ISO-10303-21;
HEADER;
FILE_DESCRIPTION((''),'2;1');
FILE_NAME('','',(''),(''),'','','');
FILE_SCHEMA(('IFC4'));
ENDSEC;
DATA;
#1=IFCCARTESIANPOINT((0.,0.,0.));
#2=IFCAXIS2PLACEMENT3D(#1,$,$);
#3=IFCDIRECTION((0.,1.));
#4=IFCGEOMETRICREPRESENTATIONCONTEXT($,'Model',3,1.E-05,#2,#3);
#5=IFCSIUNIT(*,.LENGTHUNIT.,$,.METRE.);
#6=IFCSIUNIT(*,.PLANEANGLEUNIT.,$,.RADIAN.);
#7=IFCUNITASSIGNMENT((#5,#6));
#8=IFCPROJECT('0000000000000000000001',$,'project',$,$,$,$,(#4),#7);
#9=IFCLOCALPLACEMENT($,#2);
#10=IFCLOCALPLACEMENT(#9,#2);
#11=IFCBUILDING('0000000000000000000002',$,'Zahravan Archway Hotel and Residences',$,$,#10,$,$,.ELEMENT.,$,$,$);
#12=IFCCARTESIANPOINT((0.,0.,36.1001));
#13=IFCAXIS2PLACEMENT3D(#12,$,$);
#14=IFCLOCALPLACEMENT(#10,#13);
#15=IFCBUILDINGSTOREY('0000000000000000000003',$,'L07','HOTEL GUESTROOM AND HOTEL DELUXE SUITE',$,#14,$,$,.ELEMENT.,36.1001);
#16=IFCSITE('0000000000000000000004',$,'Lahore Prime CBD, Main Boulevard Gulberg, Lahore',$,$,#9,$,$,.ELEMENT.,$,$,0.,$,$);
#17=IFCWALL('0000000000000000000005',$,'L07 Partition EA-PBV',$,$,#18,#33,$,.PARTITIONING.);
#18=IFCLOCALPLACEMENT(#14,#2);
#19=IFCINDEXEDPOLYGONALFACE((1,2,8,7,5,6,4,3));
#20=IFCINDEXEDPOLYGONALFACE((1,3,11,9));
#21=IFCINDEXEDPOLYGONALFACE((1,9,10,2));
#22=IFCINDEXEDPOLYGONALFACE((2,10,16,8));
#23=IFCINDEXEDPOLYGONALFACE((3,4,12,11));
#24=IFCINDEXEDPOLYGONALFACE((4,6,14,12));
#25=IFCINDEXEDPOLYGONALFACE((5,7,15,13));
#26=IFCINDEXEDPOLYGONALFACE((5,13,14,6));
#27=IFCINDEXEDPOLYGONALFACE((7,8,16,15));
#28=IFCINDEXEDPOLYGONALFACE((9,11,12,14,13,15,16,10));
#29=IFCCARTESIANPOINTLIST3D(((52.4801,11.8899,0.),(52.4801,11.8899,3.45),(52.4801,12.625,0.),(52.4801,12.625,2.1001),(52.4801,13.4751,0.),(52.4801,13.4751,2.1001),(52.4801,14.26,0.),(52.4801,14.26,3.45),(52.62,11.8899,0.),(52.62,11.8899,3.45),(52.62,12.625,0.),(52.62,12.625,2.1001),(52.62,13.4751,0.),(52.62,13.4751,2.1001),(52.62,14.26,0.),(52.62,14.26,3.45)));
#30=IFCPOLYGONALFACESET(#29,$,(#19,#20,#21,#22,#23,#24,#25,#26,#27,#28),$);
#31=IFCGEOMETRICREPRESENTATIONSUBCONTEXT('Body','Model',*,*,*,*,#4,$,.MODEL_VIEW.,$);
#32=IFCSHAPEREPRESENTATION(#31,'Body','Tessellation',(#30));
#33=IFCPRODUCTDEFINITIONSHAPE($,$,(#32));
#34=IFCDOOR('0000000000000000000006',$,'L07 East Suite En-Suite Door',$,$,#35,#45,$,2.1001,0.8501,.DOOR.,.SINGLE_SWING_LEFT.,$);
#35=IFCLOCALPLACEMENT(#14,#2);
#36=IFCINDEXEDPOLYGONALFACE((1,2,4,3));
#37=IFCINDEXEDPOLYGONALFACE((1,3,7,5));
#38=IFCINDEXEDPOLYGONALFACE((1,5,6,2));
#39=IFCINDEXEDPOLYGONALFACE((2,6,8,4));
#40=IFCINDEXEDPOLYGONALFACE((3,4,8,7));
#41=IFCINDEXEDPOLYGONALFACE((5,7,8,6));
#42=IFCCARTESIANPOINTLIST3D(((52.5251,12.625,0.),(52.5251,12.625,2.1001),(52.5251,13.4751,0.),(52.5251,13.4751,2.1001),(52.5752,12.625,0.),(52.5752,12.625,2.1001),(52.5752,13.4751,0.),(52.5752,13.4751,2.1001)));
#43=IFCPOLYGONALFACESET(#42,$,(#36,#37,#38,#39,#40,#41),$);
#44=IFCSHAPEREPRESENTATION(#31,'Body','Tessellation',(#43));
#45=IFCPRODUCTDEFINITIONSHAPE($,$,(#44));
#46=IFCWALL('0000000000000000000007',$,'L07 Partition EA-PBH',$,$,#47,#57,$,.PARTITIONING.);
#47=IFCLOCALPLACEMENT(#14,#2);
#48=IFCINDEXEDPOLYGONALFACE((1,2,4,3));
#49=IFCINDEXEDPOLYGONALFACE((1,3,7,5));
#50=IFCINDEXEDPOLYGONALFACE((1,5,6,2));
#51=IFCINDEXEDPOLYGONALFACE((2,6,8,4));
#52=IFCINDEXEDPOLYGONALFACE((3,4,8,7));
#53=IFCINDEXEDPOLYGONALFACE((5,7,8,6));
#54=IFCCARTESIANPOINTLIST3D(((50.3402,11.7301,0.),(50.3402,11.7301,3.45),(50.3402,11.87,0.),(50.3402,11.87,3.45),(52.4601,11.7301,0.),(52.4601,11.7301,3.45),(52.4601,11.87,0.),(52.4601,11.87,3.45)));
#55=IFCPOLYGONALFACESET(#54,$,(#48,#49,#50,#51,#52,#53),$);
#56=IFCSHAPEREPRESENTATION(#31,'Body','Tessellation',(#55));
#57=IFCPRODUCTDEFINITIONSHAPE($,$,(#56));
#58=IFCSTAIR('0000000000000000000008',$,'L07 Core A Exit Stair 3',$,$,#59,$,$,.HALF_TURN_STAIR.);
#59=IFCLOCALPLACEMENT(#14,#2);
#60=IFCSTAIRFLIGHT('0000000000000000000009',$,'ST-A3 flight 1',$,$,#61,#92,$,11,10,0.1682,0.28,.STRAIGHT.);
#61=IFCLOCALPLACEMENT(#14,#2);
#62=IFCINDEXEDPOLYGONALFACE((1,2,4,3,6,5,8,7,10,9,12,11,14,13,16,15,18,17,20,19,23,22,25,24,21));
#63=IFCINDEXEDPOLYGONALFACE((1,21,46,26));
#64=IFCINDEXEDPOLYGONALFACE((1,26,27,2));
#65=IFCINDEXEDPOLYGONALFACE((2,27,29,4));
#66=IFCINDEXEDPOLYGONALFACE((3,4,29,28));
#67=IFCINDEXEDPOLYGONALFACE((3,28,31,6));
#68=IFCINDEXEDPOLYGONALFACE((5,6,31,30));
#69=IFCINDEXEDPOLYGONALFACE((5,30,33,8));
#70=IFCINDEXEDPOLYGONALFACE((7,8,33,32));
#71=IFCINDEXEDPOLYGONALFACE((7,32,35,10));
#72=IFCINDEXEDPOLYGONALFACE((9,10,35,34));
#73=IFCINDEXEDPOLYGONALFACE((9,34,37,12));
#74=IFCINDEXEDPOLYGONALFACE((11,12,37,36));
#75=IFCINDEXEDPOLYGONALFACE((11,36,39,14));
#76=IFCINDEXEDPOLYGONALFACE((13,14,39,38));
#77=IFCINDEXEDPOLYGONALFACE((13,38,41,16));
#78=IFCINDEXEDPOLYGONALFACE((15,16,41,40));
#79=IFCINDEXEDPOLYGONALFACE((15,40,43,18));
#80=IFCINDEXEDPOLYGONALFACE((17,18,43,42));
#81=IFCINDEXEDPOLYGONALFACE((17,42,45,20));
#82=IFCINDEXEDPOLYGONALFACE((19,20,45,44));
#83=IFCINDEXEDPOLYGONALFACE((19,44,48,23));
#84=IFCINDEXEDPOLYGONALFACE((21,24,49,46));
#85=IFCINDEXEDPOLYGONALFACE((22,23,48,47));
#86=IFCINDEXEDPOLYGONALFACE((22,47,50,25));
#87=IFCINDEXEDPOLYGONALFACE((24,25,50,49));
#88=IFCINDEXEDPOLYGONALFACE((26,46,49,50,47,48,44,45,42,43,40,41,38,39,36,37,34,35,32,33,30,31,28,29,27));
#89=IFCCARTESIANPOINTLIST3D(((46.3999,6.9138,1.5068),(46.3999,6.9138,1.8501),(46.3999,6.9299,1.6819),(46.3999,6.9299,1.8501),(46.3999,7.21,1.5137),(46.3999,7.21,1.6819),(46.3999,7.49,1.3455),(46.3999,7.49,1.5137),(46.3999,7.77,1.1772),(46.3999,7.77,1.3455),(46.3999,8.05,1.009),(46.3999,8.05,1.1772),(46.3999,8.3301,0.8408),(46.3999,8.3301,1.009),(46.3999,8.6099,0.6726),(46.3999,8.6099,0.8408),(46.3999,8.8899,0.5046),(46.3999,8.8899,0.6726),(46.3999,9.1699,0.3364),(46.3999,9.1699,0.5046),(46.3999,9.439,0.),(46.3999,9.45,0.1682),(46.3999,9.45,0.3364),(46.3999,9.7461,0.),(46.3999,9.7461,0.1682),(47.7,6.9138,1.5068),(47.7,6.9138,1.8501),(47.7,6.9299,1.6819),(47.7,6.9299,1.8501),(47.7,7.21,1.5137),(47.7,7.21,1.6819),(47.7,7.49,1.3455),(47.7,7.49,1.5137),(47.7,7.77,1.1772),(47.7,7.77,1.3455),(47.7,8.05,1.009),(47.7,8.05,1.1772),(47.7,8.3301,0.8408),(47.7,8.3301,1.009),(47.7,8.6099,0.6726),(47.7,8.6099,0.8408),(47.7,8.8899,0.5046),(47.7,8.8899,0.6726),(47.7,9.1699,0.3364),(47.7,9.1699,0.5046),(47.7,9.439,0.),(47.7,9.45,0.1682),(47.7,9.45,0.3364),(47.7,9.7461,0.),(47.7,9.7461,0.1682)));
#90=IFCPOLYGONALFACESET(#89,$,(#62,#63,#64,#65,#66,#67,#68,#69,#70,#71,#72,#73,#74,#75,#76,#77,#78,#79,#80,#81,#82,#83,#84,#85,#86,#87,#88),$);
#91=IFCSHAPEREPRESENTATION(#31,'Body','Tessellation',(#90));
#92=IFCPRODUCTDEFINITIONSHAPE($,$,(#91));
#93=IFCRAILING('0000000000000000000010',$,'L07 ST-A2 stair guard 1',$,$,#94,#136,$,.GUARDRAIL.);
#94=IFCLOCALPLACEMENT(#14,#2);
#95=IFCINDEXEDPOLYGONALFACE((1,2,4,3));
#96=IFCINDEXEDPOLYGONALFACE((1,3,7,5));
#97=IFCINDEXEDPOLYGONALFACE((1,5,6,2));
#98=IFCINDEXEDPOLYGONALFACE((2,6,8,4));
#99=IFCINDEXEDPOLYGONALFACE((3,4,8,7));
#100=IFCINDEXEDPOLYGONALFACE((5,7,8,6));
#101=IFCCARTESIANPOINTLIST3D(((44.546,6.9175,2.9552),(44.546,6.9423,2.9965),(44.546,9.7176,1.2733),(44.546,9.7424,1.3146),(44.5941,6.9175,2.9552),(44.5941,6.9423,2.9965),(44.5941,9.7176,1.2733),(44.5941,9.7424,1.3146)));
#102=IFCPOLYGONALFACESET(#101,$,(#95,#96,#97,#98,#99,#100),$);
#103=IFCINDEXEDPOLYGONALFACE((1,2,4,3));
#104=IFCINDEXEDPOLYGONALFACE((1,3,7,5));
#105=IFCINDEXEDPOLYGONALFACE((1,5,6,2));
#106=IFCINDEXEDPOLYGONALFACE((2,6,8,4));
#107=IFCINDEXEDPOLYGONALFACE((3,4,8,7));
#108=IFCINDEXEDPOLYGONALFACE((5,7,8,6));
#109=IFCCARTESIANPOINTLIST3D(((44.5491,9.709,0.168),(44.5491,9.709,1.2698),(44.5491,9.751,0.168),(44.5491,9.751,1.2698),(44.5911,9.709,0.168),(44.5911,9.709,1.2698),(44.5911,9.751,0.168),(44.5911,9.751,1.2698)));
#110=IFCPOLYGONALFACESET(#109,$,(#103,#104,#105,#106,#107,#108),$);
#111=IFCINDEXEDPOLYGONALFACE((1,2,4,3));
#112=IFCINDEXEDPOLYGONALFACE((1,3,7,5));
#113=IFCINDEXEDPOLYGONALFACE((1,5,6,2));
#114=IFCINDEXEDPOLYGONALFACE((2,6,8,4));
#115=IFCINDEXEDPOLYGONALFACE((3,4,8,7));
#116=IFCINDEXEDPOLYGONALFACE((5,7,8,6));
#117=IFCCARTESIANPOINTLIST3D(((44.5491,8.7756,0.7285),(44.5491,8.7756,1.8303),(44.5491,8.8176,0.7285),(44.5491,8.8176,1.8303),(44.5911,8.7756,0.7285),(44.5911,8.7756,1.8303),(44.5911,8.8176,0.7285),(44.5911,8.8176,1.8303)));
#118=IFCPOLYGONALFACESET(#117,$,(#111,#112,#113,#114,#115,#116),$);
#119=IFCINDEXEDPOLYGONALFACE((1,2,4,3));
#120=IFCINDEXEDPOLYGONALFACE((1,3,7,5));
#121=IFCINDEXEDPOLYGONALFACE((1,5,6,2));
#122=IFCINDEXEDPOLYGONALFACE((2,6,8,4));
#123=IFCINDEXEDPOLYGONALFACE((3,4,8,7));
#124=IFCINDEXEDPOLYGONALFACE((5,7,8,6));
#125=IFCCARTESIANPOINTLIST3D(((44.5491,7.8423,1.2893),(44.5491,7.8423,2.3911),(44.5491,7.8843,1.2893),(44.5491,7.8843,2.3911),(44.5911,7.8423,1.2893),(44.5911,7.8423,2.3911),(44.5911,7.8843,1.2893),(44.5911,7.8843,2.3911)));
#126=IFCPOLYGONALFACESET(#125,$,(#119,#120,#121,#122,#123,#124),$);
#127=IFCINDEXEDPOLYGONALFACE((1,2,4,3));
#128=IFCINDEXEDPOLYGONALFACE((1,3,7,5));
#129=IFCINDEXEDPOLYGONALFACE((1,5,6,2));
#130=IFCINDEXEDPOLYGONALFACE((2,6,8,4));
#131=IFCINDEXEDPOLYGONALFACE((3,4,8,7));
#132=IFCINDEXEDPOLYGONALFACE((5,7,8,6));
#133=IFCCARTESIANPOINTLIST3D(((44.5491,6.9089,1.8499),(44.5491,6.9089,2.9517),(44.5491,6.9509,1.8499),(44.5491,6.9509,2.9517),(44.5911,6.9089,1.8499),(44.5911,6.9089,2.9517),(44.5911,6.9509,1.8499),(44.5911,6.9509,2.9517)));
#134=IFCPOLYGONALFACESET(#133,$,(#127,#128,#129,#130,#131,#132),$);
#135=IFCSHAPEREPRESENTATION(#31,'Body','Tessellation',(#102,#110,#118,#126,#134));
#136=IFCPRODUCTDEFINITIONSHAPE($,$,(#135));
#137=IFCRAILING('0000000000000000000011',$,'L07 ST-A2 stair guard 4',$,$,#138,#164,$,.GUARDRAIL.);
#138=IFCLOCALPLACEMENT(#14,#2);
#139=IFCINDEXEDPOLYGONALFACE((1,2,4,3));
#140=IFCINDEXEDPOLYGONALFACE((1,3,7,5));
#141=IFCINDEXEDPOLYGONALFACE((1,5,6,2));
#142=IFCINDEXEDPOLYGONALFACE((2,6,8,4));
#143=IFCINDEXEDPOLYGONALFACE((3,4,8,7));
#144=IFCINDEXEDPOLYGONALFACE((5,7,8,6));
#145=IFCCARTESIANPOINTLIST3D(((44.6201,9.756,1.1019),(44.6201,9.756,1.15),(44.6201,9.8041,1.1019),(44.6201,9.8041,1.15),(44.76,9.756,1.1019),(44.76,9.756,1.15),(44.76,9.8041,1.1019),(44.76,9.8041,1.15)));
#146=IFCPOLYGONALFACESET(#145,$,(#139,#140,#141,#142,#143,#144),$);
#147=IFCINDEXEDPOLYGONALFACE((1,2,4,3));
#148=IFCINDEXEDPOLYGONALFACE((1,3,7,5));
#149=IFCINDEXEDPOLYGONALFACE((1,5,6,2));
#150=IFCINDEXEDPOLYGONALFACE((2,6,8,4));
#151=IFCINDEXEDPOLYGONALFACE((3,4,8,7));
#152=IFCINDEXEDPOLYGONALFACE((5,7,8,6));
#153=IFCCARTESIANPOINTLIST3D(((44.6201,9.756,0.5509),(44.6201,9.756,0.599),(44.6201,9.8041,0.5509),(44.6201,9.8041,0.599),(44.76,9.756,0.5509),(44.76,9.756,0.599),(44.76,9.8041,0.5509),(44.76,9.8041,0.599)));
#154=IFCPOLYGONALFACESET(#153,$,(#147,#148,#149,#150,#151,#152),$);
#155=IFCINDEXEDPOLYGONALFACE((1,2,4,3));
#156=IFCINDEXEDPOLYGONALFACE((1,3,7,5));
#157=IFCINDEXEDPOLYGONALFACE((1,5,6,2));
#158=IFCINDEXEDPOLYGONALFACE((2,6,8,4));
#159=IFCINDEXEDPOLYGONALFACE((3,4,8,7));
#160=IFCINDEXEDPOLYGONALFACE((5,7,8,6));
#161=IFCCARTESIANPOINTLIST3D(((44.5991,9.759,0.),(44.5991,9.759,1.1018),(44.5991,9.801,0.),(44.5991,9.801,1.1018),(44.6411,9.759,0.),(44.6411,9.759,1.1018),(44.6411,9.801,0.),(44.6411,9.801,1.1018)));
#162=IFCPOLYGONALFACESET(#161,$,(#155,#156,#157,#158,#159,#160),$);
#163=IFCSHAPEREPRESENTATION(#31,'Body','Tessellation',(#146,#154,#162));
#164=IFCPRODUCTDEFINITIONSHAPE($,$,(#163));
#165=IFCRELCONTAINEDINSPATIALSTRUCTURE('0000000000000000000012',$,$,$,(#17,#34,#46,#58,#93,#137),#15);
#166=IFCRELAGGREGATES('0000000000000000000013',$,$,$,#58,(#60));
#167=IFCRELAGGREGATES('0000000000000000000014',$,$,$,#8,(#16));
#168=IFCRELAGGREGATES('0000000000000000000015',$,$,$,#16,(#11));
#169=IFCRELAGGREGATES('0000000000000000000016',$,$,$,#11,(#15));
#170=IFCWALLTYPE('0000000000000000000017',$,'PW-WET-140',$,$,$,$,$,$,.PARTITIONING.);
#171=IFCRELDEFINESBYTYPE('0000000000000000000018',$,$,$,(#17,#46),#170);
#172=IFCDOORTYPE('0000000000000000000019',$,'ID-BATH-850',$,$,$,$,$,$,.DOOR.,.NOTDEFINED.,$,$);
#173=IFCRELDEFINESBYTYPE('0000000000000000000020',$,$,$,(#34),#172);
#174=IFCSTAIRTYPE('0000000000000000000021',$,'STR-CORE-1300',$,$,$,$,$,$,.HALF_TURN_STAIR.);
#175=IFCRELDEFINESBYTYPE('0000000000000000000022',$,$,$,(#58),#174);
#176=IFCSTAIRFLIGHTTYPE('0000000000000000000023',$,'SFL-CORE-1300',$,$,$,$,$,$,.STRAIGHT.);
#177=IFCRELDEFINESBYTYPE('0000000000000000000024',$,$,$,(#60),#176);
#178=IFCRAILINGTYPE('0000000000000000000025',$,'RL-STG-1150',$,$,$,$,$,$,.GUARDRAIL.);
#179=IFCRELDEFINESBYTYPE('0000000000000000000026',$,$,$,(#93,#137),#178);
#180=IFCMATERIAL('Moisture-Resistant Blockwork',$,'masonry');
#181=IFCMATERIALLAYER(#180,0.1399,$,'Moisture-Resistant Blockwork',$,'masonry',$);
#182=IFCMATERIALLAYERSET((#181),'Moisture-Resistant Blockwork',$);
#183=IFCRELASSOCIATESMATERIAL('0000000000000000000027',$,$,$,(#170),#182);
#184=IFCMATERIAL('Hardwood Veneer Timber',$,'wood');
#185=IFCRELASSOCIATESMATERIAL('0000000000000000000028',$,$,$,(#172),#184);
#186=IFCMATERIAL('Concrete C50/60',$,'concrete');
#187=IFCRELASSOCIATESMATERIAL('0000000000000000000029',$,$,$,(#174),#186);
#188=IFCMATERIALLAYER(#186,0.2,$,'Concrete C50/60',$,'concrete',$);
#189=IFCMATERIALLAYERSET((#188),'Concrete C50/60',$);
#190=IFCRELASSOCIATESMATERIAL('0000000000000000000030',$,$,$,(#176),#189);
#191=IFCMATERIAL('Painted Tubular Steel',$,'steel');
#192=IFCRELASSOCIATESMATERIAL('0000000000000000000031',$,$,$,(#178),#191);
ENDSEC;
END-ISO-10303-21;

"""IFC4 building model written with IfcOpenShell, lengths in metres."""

from ifc_helpers import new_model, si_unit, direction, frame, frame_2d, origin, origin_2d, place, context, subcontext, project, spatial, polyline, rectangle, outline, extrude, source, transform, mapped, material, layer, layer_set, type_object, type_shapes, element, fill, aggregate, save


model = new_model("IFC4")

# Units and contexts
model_context = context("Model", 3, precision=1e-05, world=origin(), true_north=direction((0.0, 1.0)))
body_context = subcontext(model_context, "Body", "Model", "MODEL_VIEW")
ifc_project = project(units=[si_unit("LENGTHUNIT", "METRE"), si_unit("PLANEANGLEUNIT", "RADIAN")], contexts=[model_context])

# Site, building, storey
site_placement = place(None, origin())
site = spatial("IfcSite", under=ifc_project, at=site_placement, Name="Lahore Prime CBD, Main Boulevard Gulberg, Lahore", CompositionType="ELEMENT", RefElevation=0.0)
building_placement = place(site_placement, origin())
building = spatial("IfcBuilding", under=site, at=building_placement, Name="Zahravan Archway Hotel and Residences", CompositionType="ELEMENT")
storey_placement = place(building_placement, frame((0.0, 0.0, 36.1001)))
storey = spatial("IfcBuildingStorey", under=building, at=storey_placement, Name="L07", Description="HOTEL GUESTROOM AND HOTEL DELUXE SUITE", CompositionType="ELEMENT", Elevation=36.1001)

# Wall, opening, door
ifc_material_1 = material(Name="Hardwood Veneer Timber", Category="wood")
ifc_material_2 = material(Name="Moisture-Resistant Blockwork", Category="masonry")
ifc_layer_1 = layer(ifc_material_2, 0.1399, Name="Moisture-Resistant Blockwork", Category="masonry")
ifc_layer_set_1 = layer_set([ifc_layer_1], Name="Moisture-Resistant Blockwork")
wall_type_1 = type_object("IfcWallType", Name="PW-WET-140", PredefinedType="PARTITIONING", material=ifc_layer_set_1)
wall_1_placement = place(storey_placement, frame((52.55, 11.8899, 0.0), z_axis=(0.0, 0.0, 1.0), x_axis=(0.0, 1.0, 0.0)))
wall_1 = element("IfcWall", 1, at=wall_1_placement, inside=storey, type_object=wall_type_1, Name="L07 Partition EA-PBV", PredefinedType="PARTITIONING", context=body_context, shape_type="SweptSolid", body=[
    extrude(rectangle(XDim=2.3701, YDim=0.1399, at=frame_2d((1.1851, 0.0))), origin(), (0.0, 0.0, 1.0), 3.45),
])
opening_1_placement = place(wall_1_placement, frame((0.7351, 0.0, 0.0)))
opening_1 = element("IfcOpeningElement", 2, at=opening_1_placement, cuts=wall_1, PredefinedType="OPENING", context=body_context, shape_type="SweptSolid", body=[
    extrude(rectangle(XDim=0.8501, YDim=2.1001, at=frame_2d((0.425, 1.05))), frame((0.0, 0.0801, 0.0), z_axis=(0.0, -1.0, 0.0), x_axis=(1.0, 0.0, 0.0)), (0.0, 0.0, 1.0), 0.1599),
])
door_type_1 = type_object("IfcDoorType", Name="ID-BATH-850", OperationType="NOTDEFINED", PredefinedType="DOOR", material=ifc_material_1)
shared_shape_1 = source(origin(), body_context, "Body", "SweptSolid", [
    extrude(rectangle(XDim=0.8501, YDim=2.1001, at=frame_2d((0.425, 1.05))), frame((0.0, 0.0249, 0.0), z_axis=(0.0, -1.0, 0.0), x_axis=(1.0, 0.0, 0.0)), (0.0, 0.0, 1.0), 0.05),
])
type_shapes(door_type_1, [shared_shape_1])
door_1_placement = place(opening_1_placement, origin())
door_1 = element("IfcDoor", 3, at=door_1_placement, inside=storey, type_object=door_type_1, Name="L07 East Suite En-Suite Door", OperationType="SINGLE_SWING_LEFT", OverallHeight=2.1001, OverallWidth=0.8501, PredefinedType="DOOR", context=body_context, shape_type="MappedRepresentation", body=[
    mapped(shared_shape_1, transform((0.0, 0.0, 0.0), scale=1.0)),
])
fill(opening_1, door_1)

# Wall
wall_2_placement = place(storey_placement, frame((50.3401, 11.8, 0.0), z_axis=(0.0, 0.0, 1.0), x_axis=(1.0, 0.0, 0.0)))
element("IfcWall", 4, at=wall_2_placement, inside=storey, type_object=wall_type_1, Name="L07 Partition EA-PBH", PredefinedType="PARTITIONING", context=body_context, shape_type="SweptSolid", body=[
    extrude(rectangle(XDim=2.1199, YDim=0.1399, at=frame_2d((1.0601, 0.0))), origin(), (0.0, 0.0, 1.0), 3.45),
])

# Stair, stair flight
ifc_material_3 = material(Name="Concrete C50/60", Category="concrete")
stair_type = type_object("IfcStairType", Name="STR-CORE-1300", PredefinedType="HALF_TURN_STAIR", material=ifc_material_3)
stair_placement = place(storey_placement, origin())
stair = element("IfcStair", 5, at=stair_placement, inside=storey, type_object=stair_type, Name="L07 Core A Exit Stair 3", PredefinedType="HALF_TURN_STAIR")
ifc_layer_2 = layer(ifc_material_3, 0.2, Name="Concrete C50/60", Category="concrete")
ifc_layer_set_2 = layer_set([ifc_layer_2], Name="Concrete C50/60")
stair_flight_type = type_object("IfcStairFlightType", Name="SFL-CORE-1300", PredefinedType="STRAIGHT", material=ifc_layer_set_2)
shared_shape_2 = source(origin(), body_context, "Body", "SweptSolid", [
    extrude(outline(polyline([(-0.0161, 0.0), (-0.0161, 0.1682), (0.28, 0.1682), (0.28, 0.3364), (0.5601, 0.3364), (0.5601, 0.5046), (0.8401, 0.5046), (0.8401, 0.6726), (1.1201, 0.6726), (1.1201, 0.8408), (1.3999, 0.8408), (1.3999, 1.009), (1.6799, 1.009), (1.6799, 1.1772), (1.96, 1.1772), (1.96, 1.3455), (2.24, 1.3455), (2.24, 1.5137), (2.52, 1.5137), (2.52, 1.6819), (2.8, 1.6819), (2.8, 1.8501), (2.8162, 1.8501), (2.8162, 1.5068), (0.291, 0.0), (-0.0161, 0.0)])), frame((0.0, 0.6499, 0.0), z_axis=(0.0, -1.0, 0.0), x_axis=(1.0, 0.0, 0.0)), (0.0, 0.0, 1.0), 1.3),
])
stair_flight_placement = place(storey_placement, frame((47.05, 9.73, 0.0), z_axis=(0.0, 0.0, 1.0), x_axis=(0.0, -1.0, 0.0)))
stair_flight = element("IfcStairFlight", 6, at=stair_flight_placement, type_object=stair_flight_type, Name="ST-A3 flight 1", NumberOfRisers=11, NumberOfTreads=10, PredefinedType="STRAIGHT", RiserHeight=0.1682, TreadLength=0.28, context=body_context, shape_type="MappedRepresentation", body=[
    mapped(shared_shape_2, transform((0.0, 0.0, 0.0), scale=1.0)),
])
aggregate(stair, [stair_flight])

# Railings
ifc_material_4 = material(Name="Painted Tubular Steel", Category="steel")
railing_type_1 = type_object("IfcRailingType", Name="RL-STG-1150", PredefinedType="GUARDRAIL", material=ifc_material_4)
railing_1_placement = place(storey_placement, frame((44.5701, 9.73, 0.168)))
element("IfcRailing", 7, at=railing_1_placement, inside=storey, type_object=railing_type_1, Name="L07 ST-A2 stair guard 1", PredefinedType="GUARDRAIL", context=body_context, shape_type="SweptSolid", body=[
    extrude(rectangle(XDim=0.0481, YDim=0.0481, at=origin_2d()), frame((0.0, 0.0, 1.126), z_axis=(0.0, -0.857242, 0.514913), x_axis=(1.0, 0.0, 0.0)), (0.0, 0.0, 1.0), 3.2664),
    extrude(rectangle(XDim=0.042, YDim=0.042, at=origin_2d()), origin(), (0.0, 0.0, 1.0), 1.1018),
    extrude(rectangle(XDim=0.042, YDim=0.042, at=origin_2d()), frame((0.0, -0.9333, 0.5605)), (0.0, 0.0, 1.0), 1.1018),
    extrude(rectangle(XDim=0.042, YDim=0.042, at=origin_2d()), frame((0.0, -1.8667, 1.1213)), (0.0, 0.0, 1.0), 1.1018),
    extrude(rectangle(XDim=0.042, YDim=0.042, at=origin_2d()), frame((0.0, -2.8, 1.6819)), (0.0, 0.0, 1.0), 1.1018),
])
railing_2_placement = place(storey_placement, frame((44.6201, 9.78, 0.0)))
element("IfcRailing", 8, at=railing_2_placement, inside=storey, type_object=railing_type_1, Name="L07 ST-A2 stair guard 4", PredefinedType="GUARDRAIL", context=body_context, shape_type="SweptSolid", body=[
    extrude(rectangle(XDim=0.0481, YDim=0.0481, at=origin_2d()), frame((0.0, 0.0, 1.126), z_axis=(1.0, 0.0, 0.0), x_axis=(0.0, 1.0, 0.0)), (0.0, 0.0, 1.0), 0.1399),
    extrude(rectangle(XDim=0.0481, YDim=0.0481, at=origin_2d()), frame((0.0, 0.0, 0.575), z_axis=(1.0, 0.0, 0.0), x_axis=(0.0, 1.0, 0.0)), (0.0, 0.0, 1.0), 0.1399),
    extrude(rectangle(XDim=0.042, YDim=0.042, at=origin_2d()), origin(), (0.0, 0.0, 1.0), 1.1018),
])

save(model, "model.ifc")
